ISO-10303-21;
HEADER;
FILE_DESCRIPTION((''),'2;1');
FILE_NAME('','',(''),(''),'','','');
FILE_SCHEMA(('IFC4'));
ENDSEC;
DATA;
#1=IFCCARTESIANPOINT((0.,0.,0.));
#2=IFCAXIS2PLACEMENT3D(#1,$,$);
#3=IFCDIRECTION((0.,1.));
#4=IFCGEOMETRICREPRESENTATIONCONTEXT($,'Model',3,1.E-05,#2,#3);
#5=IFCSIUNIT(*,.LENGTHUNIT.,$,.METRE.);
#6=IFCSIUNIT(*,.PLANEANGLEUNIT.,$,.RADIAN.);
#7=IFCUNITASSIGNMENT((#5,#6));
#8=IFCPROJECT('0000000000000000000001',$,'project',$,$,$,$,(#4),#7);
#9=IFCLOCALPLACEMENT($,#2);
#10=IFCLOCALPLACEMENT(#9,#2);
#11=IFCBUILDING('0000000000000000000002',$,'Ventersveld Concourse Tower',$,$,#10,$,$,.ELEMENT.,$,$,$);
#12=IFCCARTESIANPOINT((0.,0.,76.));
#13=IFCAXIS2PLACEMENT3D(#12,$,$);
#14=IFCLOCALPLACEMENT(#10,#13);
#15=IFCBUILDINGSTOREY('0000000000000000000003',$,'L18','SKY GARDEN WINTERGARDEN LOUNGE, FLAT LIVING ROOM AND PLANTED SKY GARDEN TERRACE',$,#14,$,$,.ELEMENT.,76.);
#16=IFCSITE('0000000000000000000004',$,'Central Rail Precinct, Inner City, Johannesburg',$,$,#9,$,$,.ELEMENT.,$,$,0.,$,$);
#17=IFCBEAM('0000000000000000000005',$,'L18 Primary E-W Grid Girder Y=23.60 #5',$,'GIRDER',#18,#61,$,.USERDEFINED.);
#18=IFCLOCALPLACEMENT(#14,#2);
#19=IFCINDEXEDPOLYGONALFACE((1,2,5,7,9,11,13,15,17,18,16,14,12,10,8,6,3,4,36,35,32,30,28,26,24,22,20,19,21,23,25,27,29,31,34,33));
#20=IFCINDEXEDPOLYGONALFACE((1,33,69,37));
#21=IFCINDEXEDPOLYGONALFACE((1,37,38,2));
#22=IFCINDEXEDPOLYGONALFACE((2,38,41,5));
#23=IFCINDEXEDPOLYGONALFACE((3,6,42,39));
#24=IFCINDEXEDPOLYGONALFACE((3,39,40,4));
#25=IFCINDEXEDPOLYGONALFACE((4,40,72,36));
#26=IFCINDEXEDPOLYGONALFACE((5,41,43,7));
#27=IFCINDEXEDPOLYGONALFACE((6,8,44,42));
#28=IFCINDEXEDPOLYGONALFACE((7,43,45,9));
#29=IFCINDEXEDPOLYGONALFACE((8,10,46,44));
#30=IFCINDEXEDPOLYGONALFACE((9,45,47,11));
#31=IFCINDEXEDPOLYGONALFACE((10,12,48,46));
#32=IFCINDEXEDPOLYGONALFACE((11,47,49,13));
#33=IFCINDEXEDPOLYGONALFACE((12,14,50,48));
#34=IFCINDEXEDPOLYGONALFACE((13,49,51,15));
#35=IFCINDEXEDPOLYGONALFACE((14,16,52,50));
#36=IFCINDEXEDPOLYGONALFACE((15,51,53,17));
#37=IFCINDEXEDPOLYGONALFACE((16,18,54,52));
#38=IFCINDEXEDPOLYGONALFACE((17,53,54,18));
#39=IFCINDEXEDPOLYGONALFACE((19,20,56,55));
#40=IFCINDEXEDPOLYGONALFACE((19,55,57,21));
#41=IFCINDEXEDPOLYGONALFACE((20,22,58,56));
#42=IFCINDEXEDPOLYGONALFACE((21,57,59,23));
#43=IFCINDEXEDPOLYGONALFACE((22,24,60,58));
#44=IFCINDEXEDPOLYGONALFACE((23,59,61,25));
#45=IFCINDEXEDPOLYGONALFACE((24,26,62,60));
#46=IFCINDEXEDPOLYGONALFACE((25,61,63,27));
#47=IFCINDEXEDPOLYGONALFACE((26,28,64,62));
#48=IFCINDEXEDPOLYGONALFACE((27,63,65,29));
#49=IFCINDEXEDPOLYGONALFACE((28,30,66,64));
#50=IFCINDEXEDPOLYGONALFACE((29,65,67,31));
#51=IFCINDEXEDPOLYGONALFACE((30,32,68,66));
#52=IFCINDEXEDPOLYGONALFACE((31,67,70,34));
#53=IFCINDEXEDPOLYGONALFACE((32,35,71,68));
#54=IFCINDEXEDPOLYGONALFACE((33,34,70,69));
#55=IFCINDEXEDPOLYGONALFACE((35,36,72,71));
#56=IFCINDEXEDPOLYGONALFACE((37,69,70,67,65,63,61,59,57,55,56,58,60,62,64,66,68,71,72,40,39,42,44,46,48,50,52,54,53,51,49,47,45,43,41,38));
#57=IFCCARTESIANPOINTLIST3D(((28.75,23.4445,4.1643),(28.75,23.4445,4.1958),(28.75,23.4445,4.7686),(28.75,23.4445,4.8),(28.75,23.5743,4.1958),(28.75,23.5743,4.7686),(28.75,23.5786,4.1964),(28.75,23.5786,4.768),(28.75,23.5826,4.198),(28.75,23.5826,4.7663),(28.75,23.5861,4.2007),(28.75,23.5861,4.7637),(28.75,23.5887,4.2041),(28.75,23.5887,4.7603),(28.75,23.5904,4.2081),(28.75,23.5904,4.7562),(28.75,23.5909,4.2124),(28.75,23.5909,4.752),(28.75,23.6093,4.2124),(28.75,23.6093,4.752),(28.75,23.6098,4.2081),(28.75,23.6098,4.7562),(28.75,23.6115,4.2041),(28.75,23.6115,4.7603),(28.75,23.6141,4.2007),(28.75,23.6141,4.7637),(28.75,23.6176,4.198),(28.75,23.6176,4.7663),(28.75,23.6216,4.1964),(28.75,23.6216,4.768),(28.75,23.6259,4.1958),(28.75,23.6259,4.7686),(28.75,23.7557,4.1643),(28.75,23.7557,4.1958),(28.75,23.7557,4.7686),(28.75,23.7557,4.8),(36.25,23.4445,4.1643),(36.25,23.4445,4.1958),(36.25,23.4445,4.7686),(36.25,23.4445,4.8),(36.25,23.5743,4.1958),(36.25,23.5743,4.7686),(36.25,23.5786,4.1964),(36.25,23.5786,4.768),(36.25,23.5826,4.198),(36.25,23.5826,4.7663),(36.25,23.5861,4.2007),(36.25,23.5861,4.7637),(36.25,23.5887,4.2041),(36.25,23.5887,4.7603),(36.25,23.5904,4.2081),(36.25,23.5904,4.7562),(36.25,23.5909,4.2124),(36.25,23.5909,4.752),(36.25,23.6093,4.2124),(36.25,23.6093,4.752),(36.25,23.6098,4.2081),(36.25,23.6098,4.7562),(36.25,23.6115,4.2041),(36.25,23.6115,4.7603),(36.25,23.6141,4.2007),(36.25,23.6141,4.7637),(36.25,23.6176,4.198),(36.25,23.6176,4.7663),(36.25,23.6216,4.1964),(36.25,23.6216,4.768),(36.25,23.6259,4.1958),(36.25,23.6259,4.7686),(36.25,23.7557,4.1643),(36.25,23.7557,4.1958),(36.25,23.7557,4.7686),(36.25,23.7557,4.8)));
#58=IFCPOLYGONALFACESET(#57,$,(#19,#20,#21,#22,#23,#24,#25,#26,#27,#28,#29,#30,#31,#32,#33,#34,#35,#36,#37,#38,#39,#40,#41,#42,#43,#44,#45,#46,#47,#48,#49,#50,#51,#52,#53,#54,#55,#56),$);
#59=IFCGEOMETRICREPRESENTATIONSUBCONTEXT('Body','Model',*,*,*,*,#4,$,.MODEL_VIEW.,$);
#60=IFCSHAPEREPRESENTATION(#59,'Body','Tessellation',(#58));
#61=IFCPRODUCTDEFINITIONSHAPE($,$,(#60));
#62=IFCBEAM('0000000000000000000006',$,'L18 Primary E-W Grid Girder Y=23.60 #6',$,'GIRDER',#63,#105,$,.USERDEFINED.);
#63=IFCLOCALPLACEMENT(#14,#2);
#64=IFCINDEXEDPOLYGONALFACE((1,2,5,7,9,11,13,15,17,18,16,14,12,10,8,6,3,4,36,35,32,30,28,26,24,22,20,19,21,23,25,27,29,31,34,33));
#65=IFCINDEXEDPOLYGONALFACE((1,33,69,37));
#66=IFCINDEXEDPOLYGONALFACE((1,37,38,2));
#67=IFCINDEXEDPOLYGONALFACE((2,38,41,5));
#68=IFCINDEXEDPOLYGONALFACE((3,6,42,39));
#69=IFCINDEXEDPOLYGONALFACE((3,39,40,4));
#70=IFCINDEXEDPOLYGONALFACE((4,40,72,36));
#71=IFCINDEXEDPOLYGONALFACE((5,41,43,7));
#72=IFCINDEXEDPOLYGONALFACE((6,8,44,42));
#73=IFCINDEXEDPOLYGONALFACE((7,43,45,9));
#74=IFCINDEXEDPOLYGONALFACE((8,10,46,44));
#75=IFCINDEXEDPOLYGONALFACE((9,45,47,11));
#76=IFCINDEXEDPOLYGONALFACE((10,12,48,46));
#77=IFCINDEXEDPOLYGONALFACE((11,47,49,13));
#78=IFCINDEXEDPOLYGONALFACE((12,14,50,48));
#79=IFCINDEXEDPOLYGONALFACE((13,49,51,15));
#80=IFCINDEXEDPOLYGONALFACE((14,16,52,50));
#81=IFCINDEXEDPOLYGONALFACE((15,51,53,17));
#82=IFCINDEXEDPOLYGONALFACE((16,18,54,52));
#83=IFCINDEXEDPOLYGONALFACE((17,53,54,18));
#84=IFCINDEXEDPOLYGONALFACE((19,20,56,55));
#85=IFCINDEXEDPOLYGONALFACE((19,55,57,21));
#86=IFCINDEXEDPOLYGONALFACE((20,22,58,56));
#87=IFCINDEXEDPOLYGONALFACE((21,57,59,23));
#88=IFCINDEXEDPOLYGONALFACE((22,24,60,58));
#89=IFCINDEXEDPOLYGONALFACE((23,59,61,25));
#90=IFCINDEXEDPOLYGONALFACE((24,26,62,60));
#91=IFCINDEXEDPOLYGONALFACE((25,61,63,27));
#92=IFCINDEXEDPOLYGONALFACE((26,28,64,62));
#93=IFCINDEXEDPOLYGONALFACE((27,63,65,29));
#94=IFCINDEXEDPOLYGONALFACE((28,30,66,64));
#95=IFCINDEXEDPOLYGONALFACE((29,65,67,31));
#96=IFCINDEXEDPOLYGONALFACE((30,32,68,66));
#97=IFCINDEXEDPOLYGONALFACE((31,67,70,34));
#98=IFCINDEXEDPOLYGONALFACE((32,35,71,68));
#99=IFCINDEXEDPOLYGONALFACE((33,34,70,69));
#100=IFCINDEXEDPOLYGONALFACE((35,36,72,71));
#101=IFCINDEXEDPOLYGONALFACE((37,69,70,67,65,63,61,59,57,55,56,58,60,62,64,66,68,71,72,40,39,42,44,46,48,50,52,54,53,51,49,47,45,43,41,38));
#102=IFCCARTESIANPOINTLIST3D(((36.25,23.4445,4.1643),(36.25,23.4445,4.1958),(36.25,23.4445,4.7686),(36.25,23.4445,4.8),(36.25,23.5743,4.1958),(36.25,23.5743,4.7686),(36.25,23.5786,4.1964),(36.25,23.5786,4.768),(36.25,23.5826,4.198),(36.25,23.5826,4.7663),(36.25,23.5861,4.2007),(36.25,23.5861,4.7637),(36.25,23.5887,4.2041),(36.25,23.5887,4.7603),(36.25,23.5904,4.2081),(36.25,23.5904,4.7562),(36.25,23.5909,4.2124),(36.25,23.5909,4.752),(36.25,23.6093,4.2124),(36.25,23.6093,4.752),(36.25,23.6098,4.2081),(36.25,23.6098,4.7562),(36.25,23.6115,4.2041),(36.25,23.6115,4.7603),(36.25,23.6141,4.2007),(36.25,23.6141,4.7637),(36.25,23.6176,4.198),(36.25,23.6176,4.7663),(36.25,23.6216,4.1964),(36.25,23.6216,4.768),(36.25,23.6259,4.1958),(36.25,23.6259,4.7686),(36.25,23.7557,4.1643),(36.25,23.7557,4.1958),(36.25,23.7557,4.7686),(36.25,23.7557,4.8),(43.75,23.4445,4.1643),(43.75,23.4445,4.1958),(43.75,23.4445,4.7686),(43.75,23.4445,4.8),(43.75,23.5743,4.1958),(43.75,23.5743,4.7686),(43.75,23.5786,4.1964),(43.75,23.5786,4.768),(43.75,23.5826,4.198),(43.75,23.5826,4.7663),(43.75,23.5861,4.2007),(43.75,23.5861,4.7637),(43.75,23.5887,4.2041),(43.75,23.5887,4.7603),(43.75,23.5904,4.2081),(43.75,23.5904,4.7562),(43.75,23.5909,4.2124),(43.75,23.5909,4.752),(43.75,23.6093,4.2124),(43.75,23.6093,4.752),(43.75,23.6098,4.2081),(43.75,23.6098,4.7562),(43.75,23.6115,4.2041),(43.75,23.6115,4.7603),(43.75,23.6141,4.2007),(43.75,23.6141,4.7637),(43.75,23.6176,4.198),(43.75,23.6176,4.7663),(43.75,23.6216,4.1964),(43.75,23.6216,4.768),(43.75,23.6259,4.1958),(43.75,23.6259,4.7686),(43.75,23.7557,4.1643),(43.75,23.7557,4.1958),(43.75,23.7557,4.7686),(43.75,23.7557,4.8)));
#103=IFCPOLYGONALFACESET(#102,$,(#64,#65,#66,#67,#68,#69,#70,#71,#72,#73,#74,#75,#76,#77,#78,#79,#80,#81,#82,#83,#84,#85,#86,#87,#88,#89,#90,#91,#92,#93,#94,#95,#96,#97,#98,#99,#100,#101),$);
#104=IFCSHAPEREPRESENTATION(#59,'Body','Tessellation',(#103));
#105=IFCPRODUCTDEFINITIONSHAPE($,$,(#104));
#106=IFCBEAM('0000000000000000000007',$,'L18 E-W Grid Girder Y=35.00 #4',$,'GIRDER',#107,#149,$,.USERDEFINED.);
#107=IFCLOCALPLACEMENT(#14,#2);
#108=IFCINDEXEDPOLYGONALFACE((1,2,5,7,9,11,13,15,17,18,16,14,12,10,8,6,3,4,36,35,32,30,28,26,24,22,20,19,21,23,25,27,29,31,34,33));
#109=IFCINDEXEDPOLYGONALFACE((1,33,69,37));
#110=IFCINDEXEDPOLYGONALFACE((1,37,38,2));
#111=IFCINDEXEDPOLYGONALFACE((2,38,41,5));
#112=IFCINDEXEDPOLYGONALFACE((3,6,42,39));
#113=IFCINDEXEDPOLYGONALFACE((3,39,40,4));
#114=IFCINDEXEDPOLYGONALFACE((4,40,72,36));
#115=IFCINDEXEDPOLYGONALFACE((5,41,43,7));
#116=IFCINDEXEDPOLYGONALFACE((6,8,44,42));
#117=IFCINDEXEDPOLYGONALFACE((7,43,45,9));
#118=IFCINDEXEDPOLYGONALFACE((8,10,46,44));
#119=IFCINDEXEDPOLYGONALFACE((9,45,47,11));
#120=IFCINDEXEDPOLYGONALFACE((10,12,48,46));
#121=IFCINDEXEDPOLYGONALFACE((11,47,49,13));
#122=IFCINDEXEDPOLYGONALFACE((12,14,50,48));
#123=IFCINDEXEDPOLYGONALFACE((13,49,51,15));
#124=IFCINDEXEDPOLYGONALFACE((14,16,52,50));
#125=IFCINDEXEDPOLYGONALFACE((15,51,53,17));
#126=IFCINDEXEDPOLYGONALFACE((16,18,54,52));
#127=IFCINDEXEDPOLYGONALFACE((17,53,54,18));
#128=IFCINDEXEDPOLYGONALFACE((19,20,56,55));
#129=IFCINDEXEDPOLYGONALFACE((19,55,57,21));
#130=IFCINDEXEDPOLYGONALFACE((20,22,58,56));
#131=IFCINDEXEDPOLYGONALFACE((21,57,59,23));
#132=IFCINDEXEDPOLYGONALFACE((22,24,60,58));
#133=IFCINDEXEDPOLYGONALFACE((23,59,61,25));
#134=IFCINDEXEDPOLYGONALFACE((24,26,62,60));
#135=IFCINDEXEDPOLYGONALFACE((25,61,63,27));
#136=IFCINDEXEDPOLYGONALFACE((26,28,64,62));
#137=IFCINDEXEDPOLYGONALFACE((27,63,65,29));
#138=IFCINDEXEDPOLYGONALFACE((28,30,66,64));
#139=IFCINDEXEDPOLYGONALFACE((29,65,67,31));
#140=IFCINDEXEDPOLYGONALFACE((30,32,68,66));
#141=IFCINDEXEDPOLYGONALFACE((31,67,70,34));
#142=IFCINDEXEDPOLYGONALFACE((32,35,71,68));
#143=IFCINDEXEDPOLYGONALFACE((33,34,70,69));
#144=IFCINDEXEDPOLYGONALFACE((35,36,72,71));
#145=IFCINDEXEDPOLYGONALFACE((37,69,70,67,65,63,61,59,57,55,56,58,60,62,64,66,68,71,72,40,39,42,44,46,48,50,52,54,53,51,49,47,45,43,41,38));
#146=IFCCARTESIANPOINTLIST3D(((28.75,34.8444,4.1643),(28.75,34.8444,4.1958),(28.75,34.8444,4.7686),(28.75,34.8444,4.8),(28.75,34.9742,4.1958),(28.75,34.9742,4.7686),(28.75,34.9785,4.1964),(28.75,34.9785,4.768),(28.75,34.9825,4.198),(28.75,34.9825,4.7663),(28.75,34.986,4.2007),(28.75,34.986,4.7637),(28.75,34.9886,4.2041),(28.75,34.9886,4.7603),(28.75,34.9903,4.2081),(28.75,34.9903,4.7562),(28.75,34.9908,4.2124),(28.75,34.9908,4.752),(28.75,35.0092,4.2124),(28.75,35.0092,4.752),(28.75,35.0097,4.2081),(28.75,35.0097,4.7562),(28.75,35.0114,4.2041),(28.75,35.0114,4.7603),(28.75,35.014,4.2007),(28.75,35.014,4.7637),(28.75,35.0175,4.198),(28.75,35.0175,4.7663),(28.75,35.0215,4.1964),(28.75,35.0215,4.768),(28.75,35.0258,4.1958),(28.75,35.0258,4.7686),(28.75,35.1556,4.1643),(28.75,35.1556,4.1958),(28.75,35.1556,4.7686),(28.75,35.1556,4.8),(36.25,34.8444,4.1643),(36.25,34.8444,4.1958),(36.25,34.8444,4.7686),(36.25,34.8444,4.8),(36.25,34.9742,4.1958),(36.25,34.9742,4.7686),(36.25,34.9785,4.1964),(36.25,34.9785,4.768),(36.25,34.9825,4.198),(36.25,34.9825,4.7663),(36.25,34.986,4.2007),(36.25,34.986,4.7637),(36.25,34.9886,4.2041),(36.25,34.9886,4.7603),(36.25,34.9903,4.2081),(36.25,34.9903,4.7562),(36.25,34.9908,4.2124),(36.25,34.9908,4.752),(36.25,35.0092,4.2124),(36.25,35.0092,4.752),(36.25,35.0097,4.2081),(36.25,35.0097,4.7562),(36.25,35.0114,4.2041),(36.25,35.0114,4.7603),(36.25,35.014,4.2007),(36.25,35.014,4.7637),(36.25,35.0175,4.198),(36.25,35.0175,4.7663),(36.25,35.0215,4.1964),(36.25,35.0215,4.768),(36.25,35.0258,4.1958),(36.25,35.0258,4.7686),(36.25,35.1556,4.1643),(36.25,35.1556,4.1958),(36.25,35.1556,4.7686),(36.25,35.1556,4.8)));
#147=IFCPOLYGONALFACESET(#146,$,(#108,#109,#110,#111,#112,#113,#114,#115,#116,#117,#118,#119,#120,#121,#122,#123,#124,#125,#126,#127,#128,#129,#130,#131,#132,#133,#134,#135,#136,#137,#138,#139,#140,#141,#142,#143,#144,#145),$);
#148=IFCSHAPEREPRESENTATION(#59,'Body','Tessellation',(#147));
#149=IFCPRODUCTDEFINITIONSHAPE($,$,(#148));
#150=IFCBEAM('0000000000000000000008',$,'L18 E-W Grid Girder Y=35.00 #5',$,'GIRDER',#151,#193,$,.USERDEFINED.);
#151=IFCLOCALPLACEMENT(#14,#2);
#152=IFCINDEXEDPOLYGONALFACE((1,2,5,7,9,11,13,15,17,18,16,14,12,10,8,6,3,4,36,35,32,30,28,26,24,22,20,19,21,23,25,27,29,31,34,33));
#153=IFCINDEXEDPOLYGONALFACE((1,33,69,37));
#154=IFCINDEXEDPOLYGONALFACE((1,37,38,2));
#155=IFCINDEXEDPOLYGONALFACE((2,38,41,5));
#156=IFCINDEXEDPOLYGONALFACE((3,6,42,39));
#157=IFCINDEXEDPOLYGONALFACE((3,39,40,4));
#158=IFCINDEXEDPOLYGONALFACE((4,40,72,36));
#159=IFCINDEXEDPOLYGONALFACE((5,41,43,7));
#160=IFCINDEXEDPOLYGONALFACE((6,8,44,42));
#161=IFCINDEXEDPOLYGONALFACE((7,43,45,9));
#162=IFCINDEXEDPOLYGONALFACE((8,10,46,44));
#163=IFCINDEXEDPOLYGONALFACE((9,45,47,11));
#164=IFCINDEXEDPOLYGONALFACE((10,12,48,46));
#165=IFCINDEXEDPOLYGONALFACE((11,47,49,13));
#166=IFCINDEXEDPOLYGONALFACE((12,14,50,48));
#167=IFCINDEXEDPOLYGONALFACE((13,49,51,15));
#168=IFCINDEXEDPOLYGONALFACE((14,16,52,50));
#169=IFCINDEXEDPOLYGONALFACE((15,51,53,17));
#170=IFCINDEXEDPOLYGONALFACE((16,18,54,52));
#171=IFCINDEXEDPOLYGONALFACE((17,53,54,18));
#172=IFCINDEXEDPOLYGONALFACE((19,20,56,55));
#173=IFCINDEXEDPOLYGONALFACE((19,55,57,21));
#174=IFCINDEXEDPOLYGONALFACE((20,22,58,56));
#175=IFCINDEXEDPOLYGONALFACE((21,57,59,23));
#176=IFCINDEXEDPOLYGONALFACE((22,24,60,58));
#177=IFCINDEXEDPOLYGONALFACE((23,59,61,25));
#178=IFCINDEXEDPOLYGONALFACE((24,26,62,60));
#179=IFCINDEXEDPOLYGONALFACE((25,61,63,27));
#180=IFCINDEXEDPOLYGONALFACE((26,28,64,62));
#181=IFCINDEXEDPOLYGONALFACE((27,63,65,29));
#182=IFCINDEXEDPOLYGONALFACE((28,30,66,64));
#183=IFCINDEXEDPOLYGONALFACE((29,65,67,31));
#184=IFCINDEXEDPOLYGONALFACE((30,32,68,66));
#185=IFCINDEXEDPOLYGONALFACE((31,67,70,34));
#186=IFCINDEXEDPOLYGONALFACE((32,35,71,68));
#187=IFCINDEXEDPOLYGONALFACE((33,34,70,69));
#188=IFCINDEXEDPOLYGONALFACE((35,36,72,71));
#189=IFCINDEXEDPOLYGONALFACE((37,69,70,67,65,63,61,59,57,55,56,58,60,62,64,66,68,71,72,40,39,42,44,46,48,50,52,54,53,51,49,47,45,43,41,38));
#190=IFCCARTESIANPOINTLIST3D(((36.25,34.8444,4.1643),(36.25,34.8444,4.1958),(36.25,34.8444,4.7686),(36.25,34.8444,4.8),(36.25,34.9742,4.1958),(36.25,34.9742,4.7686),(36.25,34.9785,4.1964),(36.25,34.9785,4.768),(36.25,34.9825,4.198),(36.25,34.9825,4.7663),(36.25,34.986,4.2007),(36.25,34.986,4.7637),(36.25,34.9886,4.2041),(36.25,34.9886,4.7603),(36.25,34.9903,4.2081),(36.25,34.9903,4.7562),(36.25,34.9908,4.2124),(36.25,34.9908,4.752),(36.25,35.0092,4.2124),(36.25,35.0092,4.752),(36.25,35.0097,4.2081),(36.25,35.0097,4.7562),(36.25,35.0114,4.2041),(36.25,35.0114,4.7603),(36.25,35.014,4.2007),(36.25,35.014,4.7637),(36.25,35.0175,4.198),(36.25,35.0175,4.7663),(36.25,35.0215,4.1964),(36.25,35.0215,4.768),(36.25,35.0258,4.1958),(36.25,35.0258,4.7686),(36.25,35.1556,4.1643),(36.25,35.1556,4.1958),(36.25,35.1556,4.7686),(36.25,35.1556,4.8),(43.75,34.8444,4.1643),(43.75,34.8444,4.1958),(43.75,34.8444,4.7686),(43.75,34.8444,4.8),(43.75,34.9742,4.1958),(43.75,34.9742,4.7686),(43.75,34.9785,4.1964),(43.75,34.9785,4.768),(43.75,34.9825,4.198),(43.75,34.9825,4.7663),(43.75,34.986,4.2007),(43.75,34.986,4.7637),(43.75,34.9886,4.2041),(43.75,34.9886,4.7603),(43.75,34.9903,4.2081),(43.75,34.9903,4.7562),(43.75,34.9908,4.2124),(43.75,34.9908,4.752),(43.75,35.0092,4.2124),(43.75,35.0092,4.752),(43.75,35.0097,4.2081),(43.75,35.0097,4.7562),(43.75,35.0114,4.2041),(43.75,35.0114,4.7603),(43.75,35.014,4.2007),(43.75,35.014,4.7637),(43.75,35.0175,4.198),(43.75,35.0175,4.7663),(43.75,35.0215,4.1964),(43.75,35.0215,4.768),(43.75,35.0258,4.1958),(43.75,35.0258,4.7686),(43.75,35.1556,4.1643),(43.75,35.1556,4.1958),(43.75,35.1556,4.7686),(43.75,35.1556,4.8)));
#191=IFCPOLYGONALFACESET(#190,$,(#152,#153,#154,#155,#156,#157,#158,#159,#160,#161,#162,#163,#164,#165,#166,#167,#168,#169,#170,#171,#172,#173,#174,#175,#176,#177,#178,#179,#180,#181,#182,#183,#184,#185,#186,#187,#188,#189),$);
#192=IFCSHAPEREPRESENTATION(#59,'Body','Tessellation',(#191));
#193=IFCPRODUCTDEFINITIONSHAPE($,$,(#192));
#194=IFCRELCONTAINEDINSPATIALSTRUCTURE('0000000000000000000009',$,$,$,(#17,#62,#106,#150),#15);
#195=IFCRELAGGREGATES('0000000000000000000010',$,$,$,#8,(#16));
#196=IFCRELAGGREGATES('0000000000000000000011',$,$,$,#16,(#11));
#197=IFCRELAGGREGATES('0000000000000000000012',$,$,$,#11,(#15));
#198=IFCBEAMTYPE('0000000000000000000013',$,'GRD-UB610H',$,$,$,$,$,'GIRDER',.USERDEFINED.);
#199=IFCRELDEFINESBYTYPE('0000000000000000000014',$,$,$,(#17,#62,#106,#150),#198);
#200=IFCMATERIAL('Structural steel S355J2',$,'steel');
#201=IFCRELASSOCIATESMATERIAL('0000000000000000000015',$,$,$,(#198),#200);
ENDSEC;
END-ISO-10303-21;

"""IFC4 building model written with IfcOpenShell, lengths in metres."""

from ifc_helpers import new_model, si_unit, direction, frame, origin, origin_2d, place, context, subcontext, project, spatial, i_section, extrude, material, material_profile, profile_set, type_object, element, save


model = new_model("IFC4")

# Units and contexts
model_context = context("Model", 3, precision=1e-05, world=origin(), true_north=direction((0.0, 1.0)))
body_context = subcontext(model_context, "Body", "Model", "MODEL_VIEW")
ifc_project = project(units=[si_unit("LENGTHUNIT", "METRE"), si_unit("PLANEANGLEUNIT", "RADIAN")], contexts=[model_context])

# Site, building, storey
site_placement = place(None, origin())
site = spatial("IfcSite", under=ifc_project, at=site_placement, Name="Central Rail Precinct, Inner City, Johannesburg", CompositionType="ELEMENT", RefElevation=0.0)
building_placement = place(site_placement, origin())
building = spatial("IfcBuilding", under=site, at=building_placement, Name="Ventersveld Concourse Tower", CompositionType="ELEMENT")
storey_placement = place(building_placement, frame((0.0, 0.0, 76.0)))
storey = spatial("IfcBuildingStorey", under=building, at=storey_placement, Name="L18", Description="SKY GARDEN WINTERGARDEN LOUNGE, FLAT LIVING ROOM AND PLANTED SKY GARDEN TERRACE", CompositionType="ELEMENT", Elevation=76.0)

# Beams
ifc_material_1 = material(Name="Structural steel S355J2", Category="steel")
ifc_material_profile_1 = material_profile(ifc_material_1, i_section(OverallWidth=0.3113, OverallDepth=0.6357, WebThickness=0.0183, FlangeThickness=0.0315, FilletRadius=0.0166, at=origin_2d()), Name="UB 610x305x238")
ifc_profile_set_1 = profile_set([ifc_material_profile_1], Name="Structural steel S355J2")
beam_type_1 = type_object("IfcBeamType", Name="GRD-UB610H", ElementType="GIRDER", PredefinedType="USERDEFINED", material=ifc_profile_set_1)
for number, where, z_axis, x_axis, name in (
    (1, (28.75, 23.6001, 4.4822), (1.0, 0.0, 0.0), (0.0, 1.0, 0.0), "L18 Primary E-W Grid Girder Y=23.60 #5"),
    (2, (36.25, 23.6001, 4.4822), (1.0, 0.0, 0.0), (0.0, 1.0, 0.0), "L18 Primary E-W Grid Girder Y=23.60 #6"),
    (3, (28.75, 35.0, 4.4822), (1.0, 0.0, 0.0), (0.0, 1.0, 0.0), "L18 E-W Grid Girder Y=35.00 #4"),
    (4, (36.25, 35.0, 4.4822), (1.0, 0.0, 0.0), (0.0, 1.0, 0.0), "L18 E-W Grid Girder Y=35.00 #5"),
):
    element("IfcBeam", number, at=place(storey_placement, frame(where, z_axis=z_axis, x_axis=x_axis)), inside=storey, type_object=beam_type_1, Name=name, ObjectType="GIRDER", PredefinedType="USERDEFINED", context=body_context, shape_type="SweptSolid", body=[
        extrude(i_section(OverallWidth=0.3113, OverallDepth=0.6357, WebThickness=0.0183, FlangeThickness=0.0315, FilletRadius=0.0166, at=origin_2d()), origin(), (0.0, 0.0, 1.0), 7.5),
    ])

save(model, "model.ifc")
